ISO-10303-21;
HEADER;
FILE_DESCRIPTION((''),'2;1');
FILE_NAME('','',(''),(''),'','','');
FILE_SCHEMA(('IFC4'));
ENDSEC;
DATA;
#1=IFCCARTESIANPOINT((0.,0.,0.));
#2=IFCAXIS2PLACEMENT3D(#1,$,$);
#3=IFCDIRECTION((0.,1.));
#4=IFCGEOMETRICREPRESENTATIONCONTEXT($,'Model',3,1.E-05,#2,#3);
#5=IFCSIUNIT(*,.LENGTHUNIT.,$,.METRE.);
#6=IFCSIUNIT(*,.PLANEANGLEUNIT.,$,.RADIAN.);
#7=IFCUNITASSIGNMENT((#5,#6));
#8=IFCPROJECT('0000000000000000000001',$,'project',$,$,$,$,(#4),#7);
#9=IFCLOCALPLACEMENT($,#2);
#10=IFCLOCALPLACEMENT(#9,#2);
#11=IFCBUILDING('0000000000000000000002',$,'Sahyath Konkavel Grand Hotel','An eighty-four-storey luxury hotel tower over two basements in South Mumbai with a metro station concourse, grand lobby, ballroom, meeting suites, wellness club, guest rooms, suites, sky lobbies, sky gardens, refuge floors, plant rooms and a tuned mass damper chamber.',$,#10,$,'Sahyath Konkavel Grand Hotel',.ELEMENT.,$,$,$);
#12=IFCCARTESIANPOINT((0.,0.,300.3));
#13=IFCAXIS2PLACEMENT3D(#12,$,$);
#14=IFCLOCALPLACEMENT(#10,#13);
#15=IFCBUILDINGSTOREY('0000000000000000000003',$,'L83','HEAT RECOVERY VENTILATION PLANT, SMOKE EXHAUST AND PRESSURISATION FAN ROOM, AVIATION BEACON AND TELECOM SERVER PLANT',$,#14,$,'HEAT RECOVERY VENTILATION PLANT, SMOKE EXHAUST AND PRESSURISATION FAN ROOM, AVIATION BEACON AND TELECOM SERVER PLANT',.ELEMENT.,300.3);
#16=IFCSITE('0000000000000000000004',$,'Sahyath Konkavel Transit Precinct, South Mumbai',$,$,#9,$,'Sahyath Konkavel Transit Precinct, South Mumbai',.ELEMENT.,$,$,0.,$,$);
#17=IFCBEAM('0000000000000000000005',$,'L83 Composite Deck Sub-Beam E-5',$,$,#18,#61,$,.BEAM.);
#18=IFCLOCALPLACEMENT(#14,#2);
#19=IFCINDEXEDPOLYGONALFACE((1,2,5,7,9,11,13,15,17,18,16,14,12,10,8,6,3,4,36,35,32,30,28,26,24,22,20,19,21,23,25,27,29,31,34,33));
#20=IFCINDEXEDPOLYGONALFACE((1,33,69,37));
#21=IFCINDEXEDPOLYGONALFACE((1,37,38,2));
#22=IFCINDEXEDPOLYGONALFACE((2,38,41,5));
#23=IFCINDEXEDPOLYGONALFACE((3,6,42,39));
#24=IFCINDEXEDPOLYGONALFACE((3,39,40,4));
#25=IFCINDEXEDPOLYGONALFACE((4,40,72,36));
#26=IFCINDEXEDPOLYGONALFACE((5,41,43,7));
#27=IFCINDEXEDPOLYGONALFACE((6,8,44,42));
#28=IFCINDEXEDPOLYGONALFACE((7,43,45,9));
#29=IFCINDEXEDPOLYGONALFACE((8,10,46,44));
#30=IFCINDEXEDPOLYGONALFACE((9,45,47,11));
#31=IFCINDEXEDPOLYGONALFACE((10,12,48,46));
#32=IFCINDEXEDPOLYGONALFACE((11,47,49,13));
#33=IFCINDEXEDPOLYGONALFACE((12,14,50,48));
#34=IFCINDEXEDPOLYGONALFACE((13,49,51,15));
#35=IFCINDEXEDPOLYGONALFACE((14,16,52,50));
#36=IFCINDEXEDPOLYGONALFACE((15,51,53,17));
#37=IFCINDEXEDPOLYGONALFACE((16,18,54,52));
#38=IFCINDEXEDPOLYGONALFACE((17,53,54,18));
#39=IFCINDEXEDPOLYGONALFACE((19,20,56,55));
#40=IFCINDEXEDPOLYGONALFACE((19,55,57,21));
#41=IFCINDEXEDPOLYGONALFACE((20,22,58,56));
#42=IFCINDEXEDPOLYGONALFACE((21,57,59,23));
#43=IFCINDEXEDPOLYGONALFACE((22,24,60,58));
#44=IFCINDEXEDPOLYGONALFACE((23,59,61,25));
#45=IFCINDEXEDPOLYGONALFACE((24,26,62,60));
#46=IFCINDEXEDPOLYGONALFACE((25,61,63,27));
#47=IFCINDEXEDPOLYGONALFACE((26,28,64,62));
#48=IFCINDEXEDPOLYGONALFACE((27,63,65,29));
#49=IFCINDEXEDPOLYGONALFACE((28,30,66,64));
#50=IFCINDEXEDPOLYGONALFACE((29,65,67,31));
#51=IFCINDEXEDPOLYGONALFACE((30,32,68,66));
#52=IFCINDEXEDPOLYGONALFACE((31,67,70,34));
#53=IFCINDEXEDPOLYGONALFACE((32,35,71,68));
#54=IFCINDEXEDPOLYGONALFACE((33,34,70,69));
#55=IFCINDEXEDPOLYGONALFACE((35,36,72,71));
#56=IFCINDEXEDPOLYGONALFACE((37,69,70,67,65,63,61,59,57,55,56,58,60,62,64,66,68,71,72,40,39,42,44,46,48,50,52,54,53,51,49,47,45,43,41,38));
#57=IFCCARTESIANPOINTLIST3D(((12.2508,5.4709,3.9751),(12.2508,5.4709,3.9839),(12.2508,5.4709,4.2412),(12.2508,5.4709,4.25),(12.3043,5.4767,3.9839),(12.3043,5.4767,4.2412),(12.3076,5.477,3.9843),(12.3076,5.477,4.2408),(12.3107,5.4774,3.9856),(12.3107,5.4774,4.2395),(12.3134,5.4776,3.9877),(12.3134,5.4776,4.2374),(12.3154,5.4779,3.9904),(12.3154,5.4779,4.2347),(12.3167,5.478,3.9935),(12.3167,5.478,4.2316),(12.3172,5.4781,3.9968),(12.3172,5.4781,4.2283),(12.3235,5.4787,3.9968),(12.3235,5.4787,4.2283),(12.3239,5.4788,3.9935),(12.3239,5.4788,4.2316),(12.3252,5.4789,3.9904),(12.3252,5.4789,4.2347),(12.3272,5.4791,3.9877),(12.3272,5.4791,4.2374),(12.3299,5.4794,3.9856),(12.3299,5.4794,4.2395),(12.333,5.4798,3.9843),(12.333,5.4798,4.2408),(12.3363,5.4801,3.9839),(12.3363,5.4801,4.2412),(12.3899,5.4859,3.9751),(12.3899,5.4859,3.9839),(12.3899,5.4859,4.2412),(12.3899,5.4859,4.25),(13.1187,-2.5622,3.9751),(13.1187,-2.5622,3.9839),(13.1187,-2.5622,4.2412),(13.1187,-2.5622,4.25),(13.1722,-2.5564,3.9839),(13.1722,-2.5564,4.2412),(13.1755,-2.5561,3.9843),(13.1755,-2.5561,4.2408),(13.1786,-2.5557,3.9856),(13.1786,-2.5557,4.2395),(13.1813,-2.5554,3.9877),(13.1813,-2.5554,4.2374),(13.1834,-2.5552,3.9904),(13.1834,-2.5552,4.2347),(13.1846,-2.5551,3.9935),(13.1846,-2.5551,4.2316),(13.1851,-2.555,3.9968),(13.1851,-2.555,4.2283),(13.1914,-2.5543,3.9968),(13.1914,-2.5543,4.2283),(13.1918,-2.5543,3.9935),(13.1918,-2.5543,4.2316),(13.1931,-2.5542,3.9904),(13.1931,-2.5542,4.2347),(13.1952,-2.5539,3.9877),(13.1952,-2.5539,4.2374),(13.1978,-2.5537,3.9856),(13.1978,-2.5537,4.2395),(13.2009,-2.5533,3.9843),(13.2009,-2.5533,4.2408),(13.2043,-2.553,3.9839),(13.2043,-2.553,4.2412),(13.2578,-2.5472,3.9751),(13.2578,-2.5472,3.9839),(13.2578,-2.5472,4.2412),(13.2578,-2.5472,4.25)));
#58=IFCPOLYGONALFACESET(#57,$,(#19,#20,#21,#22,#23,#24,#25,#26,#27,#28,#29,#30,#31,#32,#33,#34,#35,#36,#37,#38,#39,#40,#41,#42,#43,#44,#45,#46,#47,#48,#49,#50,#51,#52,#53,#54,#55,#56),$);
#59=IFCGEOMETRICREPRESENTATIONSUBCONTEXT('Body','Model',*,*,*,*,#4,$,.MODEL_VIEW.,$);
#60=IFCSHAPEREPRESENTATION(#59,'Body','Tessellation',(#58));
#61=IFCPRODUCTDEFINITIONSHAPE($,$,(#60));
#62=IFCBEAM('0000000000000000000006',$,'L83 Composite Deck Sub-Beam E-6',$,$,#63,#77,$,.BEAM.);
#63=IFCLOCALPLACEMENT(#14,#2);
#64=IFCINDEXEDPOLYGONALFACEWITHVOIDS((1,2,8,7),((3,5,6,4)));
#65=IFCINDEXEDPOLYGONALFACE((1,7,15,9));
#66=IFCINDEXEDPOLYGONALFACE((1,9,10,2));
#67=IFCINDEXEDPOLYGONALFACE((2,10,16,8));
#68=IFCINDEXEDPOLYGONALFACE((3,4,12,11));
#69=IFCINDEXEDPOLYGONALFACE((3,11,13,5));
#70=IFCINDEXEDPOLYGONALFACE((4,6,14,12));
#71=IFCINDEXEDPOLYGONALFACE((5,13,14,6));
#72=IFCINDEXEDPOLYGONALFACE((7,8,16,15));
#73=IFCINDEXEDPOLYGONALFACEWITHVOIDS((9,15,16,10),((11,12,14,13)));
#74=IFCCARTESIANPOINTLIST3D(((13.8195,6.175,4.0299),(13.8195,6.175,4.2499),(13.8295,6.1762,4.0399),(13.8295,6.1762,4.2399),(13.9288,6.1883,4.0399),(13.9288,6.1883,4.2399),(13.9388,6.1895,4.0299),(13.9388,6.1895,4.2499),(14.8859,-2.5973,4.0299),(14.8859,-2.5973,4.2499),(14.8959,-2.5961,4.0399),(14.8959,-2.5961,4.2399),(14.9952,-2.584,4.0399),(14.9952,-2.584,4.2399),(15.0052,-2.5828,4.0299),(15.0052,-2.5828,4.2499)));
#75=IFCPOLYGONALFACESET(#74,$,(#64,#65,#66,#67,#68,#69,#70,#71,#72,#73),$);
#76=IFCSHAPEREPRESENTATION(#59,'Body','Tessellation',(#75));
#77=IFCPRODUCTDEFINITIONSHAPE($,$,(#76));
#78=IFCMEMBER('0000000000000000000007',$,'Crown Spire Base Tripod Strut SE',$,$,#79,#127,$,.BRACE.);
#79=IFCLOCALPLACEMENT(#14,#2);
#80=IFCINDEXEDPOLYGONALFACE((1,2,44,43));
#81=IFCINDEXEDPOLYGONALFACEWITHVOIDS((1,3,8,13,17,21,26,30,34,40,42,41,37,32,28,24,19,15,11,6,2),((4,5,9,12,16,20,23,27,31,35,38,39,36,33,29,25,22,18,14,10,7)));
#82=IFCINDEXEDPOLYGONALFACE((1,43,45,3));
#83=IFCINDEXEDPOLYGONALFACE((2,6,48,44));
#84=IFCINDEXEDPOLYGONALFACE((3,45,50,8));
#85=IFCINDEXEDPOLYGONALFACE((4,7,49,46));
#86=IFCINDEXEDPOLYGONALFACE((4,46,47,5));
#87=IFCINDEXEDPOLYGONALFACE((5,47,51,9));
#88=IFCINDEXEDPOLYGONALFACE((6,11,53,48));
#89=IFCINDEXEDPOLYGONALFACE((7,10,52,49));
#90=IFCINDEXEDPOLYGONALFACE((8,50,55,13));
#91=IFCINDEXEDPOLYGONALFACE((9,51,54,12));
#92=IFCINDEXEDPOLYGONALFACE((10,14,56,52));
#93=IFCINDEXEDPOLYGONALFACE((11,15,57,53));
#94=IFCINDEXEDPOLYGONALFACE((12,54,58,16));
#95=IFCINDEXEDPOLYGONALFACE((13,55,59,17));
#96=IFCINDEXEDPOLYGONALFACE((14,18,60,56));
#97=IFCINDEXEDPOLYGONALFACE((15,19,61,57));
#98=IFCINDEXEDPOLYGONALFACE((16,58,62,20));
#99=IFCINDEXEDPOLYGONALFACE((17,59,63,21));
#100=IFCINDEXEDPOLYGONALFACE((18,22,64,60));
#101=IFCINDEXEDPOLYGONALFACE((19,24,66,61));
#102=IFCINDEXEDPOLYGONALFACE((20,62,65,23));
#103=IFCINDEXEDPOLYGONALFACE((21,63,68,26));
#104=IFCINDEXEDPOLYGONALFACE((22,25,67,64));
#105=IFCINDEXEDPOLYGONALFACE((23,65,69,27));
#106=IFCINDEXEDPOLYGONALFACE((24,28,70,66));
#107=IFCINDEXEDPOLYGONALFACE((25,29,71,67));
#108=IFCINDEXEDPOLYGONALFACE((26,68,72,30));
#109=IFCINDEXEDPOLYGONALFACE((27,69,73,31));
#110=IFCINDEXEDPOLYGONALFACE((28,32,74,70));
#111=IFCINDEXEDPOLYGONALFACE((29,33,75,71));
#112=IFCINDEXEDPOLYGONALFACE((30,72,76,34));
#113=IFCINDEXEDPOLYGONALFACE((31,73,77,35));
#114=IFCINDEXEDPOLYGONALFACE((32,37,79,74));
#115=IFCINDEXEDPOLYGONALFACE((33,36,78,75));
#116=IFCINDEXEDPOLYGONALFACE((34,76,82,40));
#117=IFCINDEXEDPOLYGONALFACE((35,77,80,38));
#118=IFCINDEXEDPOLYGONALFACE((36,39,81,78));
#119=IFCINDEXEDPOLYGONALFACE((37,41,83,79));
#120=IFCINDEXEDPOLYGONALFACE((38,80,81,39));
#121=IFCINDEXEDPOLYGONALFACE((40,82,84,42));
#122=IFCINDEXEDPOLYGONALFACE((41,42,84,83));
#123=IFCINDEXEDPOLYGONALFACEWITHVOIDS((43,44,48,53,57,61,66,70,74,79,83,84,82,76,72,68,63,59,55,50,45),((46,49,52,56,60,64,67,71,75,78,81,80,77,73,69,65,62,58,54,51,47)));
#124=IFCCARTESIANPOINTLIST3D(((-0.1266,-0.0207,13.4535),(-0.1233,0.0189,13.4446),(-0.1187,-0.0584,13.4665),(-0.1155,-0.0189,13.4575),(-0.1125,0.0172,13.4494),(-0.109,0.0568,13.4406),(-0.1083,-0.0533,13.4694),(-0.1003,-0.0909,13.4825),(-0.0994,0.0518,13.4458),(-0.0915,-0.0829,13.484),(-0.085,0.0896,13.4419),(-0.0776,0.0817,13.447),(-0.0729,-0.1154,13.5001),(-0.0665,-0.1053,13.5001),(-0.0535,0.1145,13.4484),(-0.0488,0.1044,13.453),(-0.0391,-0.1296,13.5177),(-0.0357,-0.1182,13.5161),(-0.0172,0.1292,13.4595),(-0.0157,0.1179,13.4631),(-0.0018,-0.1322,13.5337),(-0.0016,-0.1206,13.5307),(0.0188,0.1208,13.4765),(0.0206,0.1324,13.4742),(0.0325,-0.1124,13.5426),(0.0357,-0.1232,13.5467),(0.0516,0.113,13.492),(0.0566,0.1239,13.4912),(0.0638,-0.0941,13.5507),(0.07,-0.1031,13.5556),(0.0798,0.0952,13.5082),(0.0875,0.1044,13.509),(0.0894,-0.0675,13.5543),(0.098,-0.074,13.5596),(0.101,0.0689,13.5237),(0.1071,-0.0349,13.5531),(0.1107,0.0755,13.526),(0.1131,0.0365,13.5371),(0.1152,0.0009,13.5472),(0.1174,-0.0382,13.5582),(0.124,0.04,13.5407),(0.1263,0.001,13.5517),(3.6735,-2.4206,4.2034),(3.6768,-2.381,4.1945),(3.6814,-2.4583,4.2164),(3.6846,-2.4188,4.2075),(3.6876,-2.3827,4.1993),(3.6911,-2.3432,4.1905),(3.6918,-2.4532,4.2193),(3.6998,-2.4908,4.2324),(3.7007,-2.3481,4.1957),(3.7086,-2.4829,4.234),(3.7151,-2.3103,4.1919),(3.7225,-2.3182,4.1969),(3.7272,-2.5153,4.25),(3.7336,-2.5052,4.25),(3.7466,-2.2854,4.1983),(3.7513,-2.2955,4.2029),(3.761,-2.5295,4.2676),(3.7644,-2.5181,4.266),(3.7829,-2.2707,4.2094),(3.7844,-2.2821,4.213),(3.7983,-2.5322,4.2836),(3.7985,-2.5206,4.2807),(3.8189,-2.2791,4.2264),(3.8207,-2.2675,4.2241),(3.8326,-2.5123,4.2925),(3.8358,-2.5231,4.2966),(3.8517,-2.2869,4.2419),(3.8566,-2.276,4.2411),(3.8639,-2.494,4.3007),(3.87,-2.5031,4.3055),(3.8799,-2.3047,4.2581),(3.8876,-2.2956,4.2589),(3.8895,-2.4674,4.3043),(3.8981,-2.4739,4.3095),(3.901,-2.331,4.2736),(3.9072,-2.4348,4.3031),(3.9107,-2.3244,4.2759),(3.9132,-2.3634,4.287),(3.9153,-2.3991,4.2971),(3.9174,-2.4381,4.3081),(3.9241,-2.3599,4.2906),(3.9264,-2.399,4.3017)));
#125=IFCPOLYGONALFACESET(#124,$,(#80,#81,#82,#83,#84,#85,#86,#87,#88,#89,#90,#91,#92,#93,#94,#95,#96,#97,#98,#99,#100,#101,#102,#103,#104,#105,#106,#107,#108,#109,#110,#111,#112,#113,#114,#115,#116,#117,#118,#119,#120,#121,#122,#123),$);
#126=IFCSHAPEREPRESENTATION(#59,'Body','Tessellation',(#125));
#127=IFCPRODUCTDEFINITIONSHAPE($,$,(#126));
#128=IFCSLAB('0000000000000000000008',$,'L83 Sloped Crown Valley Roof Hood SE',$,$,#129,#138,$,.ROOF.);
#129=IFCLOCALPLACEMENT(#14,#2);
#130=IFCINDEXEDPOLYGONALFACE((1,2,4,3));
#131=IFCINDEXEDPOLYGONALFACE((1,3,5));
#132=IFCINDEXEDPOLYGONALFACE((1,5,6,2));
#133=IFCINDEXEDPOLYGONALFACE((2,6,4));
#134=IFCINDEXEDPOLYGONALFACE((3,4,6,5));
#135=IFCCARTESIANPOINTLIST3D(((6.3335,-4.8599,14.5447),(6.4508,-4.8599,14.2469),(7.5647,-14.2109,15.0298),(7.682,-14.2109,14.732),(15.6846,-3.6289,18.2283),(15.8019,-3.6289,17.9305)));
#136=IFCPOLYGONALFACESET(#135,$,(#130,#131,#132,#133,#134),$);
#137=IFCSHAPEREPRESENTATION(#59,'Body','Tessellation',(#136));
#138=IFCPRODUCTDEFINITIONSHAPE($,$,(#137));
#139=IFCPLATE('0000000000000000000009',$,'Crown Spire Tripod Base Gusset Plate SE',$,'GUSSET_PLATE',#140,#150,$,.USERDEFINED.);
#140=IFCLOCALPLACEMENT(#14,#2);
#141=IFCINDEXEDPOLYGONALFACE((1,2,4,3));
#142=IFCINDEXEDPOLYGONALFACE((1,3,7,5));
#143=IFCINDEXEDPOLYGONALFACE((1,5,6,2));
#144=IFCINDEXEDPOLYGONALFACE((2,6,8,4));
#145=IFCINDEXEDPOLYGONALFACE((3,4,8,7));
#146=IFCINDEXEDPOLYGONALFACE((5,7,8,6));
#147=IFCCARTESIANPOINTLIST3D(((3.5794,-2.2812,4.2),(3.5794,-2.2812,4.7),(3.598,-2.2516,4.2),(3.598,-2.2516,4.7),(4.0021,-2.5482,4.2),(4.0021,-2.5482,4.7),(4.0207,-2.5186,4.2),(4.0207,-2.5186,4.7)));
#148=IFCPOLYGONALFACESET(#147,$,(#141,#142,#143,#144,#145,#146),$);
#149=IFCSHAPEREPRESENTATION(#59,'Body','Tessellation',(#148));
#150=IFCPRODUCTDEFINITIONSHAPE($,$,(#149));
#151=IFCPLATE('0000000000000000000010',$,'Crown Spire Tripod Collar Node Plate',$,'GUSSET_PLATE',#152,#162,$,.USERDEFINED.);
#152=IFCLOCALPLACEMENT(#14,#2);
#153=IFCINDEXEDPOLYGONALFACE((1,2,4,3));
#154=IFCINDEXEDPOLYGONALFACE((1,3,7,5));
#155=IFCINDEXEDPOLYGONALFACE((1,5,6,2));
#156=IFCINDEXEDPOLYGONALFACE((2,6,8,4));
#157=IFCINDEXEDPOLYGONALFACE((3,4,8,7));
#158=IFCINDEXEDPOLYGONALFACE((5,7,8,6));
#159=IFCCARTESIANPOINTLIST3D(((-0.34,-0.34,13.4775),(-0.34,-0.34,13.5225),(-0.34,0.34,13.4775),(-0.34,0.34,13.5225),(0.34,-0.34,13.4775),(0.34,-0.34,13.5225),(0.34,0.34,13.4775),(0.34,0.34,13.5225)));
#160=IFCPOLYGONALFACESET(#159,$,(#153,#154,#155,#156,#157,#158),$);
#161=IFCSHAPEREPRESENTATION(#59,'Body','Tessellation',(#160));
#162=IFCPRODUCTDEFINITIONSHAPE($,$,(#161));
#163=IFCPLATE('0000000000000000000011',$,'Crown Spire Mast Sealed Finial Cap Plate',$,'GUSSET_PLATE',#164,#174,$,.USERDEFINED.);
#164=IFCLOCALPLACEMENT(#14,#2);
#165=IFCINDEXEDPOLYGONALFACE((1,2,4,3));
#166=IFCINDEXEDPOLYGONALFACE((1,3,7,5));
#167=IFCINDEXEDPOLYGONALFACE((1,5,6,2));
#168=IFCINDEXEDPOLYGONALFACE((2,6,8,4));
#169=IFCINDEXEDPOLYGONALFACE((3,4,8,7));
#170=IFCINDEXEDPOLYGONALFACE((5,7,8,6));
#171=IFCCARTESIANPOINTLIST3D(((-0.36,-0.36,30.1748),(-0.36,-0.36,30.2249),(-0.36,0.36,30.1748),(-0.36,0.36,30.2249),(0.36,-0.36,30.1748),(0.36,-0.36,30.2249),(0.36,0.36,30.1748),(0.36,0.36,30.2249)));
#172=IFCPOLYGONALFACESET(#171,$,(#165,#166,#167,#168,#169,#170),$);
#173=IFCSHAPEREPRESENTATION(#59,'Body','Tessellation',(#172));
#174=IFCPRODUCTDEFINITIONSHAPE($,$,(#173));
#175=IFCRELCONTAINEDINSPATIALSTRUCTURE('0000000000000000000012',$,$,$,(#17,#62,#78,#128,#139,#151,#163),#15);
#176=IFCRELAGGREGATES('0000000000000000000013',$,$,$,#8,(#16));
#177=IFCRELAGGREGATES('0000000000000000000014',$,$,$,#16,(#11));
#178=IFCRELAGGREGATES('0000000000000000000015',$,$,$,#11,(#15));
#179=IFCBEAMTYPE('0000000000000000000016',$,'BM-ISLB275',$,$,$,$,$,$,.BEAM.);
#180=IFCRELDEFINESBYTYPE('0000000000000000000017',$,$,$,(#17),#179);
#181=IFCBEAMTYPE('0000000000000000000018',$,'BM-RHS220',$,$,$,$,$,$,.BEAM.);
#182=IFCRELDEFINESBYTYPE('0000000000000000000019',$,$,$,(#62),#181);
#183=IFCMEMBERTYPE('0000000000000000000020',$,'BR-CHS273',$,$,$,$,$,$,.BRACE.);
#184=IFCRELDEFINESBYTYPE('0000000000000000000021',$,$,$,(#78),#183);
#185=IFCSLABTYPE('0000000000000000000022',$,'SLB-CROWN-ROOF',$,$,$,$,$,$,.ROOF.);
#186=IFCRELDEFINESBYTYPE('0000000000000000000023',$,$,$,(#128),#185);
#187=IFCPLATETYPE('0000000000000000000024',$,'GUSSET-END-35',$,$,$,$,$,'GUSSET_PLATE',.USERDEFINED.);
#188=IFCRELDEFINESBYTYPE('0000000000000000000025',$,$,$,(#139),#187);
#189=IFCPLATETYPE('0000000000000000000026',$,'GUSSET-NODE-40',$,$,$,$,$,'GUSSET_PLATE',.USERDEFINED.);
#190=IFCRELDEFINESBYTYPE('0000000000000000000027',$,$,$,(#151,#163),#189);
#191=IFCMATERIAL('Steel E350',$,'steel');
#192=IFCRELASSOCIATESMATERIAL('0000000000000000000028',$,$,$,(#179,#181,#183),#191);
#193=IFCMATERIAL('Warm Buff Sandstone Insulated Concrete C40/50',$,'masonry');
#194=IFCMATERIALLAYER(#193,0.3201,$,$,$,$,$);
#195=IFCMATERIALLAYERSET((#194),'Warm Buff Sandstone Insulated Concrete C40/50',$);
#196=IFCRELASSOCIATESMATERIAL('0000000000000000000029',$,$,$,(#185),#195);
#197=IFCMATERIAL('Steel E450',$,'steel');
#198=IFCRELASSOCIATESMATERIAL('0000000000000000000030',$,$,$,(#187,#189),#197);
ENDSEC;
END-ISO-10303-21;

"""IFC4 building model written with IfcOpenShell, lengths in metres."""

from ifc_helpers import new_model, si_unit, direction, frame, origin, origin_2d, place, context, subcontext, project, spatial, polyline, rectangle, hollow_rectangle, hollow_circle, i_section, outline, extrude, source, transform, mapped, material, layer, layer_set, material_profile, profile_set, type_object, element, save


model = new_model("IFC4")

# Units and contexts
model_context = context("Model", 3, precision=1e-05, world=origin(), true_north=direction((0.0, 1.0)))
body_context = subcontext(model_context, "Body", "Model", "MODEL_VIEW")
ifc_project = project(units=[si_unit("LENGTHUNIT", "METRE"), si_unit("PLANEANGLEUNIT", "RADIAN")], contexts=[model_context])

# Site, building, storey
site_placement = place(None, origin())
site = spatial("IfcSite", under=ifc_project, at=site_placement, Name="Sahyath Konkavel Transit Precinct, South Mumbai", LongName="Sahyath Konkavel Transit Precinct, South Mumbai", CompositionType="ELEMENT", RefElevation=0.0)
building_placement = place(site_placement, origin())
building = spatial("IfcBuilding", under=site, at=building_placement, Name="Sahyath Konkavel Grand Hotel", Description="An eighty-four-storey luxury hotel tower over two basements in South Mumbai with a metro station concourse, grand lobby, ballroom, meeting suites, wellness club, guest rooms, suites, sky lobbies, sky gardens, refuge floors, plant rooms and a tuned mass damper chamber.", LongName="Sahyath Konkavel Grand Hotel", CompositionType="ELEMENT")
storey_placement = place(building_placement, frame((0.0, 0.0, 300.3)))
storey = spatial("IfcBuildingStorey", under=building, at=storey_placement, Name="L83", Description="HEAT RECOVERY VENTILATION PLANT, SMOKE EXHAUST AND PRESSURISATION FAN ROOM, AVIATION BEACON AND TELECOM SERVER PLANT", LongName="HEAT RECOVERY VENTILATION PLANT, SMOKE EXHAUST AND PRESSURISATION FAN ROOM, AVIATION BEACON AND TELECOM SERVER PLANT", CompositionType="ELEMENT", Elevation=300.3)

# Shared definitions
ifc_material_1 = material(Name="Steel E350", Category="steel")

# Beams
ifc_material_profile_1 = material_profile(ifc_material_1, i_section(OverallWidth=0.1399, OverallDepth=0.2749, WebThickness=0.0063, FlangeThickness=0.0088, FilletRadius=0.0129, at=origin_2d()), Name="ISLB 275")
ifc_profile_set_1 = profile_set([ifc_material_profile_1], Name="Steel E350")
beam_type_1 = type_object("IfcBeamType", Name="BM-ISLB275", PredefinedType="BEAM", material=ifc_profile_set_1)
shared_shape_1 = source(origin(), body_context, "Body", "SweptSolid", [
    extrude(i_section(OverallWidth=0.1399, OverallDepth=0.2749, WebThickness=0.0063, FlangeThickness=0.0088, FilletRadius=0.0129, at=origin_2d()), origin(), (0.0, 0.0, 1.0), 8.0798),
])
beam_1_placement = place(storey_placement, frame((13.1882, -2.5547, 4.1125), z_axis=(-0.107416, 0.994214, 0.0), x_axis=(-0.994214, -0.107416, 0.0)))
element("IfcBeam", 1, at=beam_1_placement, inside=storey, type_object=beam_type_1, Name="L83 Composite Deck Sub-Beam E-5", PredefinedType="BEAM", context=body_context, shape_type="MappedRepresentation", body=[
    mapped(shared_shape_1, transform((0.0, 0.0, 0.0), scale=1.0)),
])
ifc_material_profile_2 = material_profile(ifc_material_1, hollow_rectangle(XDim=0.1201, YDim=0.22, WallThickness=0.01, at=origin_2d()), Name="RHS 220x120x10")
ifc_profile_set_2 = profile_set([ifc_material_profile_2], Name="Steel E350")
beam_type_2 = type_object("IfcBeamType", Name="BM-RHS220", PredefinedType="BEAM", material=ifc_profile_set_2)
shared_shape_2 = source(origin(), body_context, "Body", "SweptSolid", [
    extrude(hollow_rectangle(XDim=0.1201, YDim=0.22, WallThickness=0.01, at=origin_2d()), origin(), (0.0, 0.0, 1.0), 8.8369),
])
beam_2_placement = place(storey_placement, frame((14.9456, -2.5901, 4.1399), z_axis=(-0.120678, 0.992692, 0.0), x_axis=(-0.992692, -0.120678, 0.0)))
element("IfcBeam", 2, at=beam_2_placement, inside=storey, type_object=beam_type_2, Name="L83 Composite Deck Sub-Beam E-6", PredefinedType="BEAM", context=body_context, shape_type="MappedRepresentation", body=[
    mapped(shared_shape_2, transform((0.0, 0.0, 0.0), scale=1.0)),
])

# Member
ifc_material_profile_3 = material_profile(ifc_material_1, hollow_circle(Radius=0.1365, WallThickness=0.012, at=origin_2d()), Name="CHS 273.0x12")
ifc_profile_set_3 = profile_set([ifc_material_profile_3], Name="Steel E350")
member_type = type_object("IfcMemberType", Name="BR-CHS273", PredefinedType="BRACE", material=ifc_profile_set_3)
shared_shape_3 = source(origin(), body_context, "Body", "SweptSolid", [
    extrude(hollow_circle(Radius=0.1365, WallThickness=0.012, at=origin_2d()), origin(), (0.0, 0.0, 1.0), 10.2842),
])
member_placement = place(storey_placement, frame((3.8, -2.3999, 4.25), z_axis=(-0.369508, 0.233361, 0.899448), x_axis=(-0.533973, -0.845502, 0.0)))
element("IfcMember", 3, at=member_placement, inside=storey, type_object=member_type, Name="Crown Spire Base Tripod Strut SE", PredefinedType="BRACE", context=body_context, shape_type="MappedRepresentation", body=[
    mapped(shared_shape_3, transform((0.0, 0.0, 0.0), scale=1.0)),
])

# Slab
ifc_material_2 = material(Name="Warm Buff Sandstone Insulated Concrete C40/50", Category="masonry")
ifc_layer = layer(ifc_material_2, 0.3201)
ifc_layer_set = layer_set([ifc_layer], Name="Warm Buff Sandstone Insulated Concrete C40/50")
slab_type = type_object("IfcSlabType", Name="SLB-CROWN-ROOF", PredefinedType="ROOF", material=ifc_layer_set)
slab_1_placement = place(storey_placement, frame((7.5647, -14.2109, 15.0298), z_axis=(-0.366512, 0.000011, 0.930413), x_axis=(-0.130365, 0.990135, -0.051365)))
element("IfcSlab", 4, at=slab_1_placement, inside=storey, type_object=slab_type, Name="L83 Sloped Crown Valley Roof Hood SE", PredefinedType="ROOF", context=body_context, shape_type="SweptSolid", body=[
    extrude(outline(polyline([(0.0, 0.0), (9.4442, 0.0), (9.2548, -10.1238), (0.0, 0.0)])), origin(), (0.0, 0.0, -1.0), 0.3201),
])

# Plates
ifc_material_3 = material(Name="Steel E450", Category="steel")
plate_type_1 = type_object("IfcPlateType", Name="GUSSET-END-35", ElementType="GUSSET_PLATE", PredefinedType="USERDEFINED", material=ifc_material_3)
shared_shape_4 = source(origin(), body_context, "Body", "SweptSolid", [
    extrude(rectangle(XDim=0.5, YDim=0.0349, at=origin_2d()), origin(), (0.0, 0.0, 1.0), 0.5),
])
plate_1_placement = place(storey_placement, frame((3.8, -2.3999, 4.2), z_axis=(0.0, 0.0, 1.0), x_axis=(-0.845486, 0.533998, 0.0)))
element("IfcPlate", 5, at=plate_1_placement, inside=storey, type_object=plate_type_1, Name="Crown Spire Tripod Base Gusset Plate SE", ObjectType="GUSSET_PLATE", PredefinedType="USERDEFINED", context=body_context, shape_type="MappedRepresentation", body=[
    mapped(shared_shape_4, transform((0.0, 0.0, 0.0), scale=1.0)),
])
plate_type_2 = type_object("IfcPlateType", Name="GUSSET-NODE-40", ElementType="GUSSET_PLATE", PredefinedType="USERDEFINED", material=ifc_material_3)
shared_shape_5 = source(origin(), body_context, "Body", "SweptSolid", [
    extrude(rectangle(XDim=0.6799, YDim=0.6799, at=origin_2d()), origin(), (0.0, 0.0, 1.0), 0.0449),
])
plate_2_placement = place(storey_placement, frame((0.0, 0.0, 13.4775), z_axis=(0.0, 0.0, 1.0), x_axis=(1.0, 0.0, 0.0)))
element("IfcPlate", 6, at=plate_2_placement, inside=storey, type_object=plate_type_2, Name="Crown Spire Tripod Collar Node Plate", ObjectType="GUSSET_PLATE", PredefinedType="USERDEFINED", context=body_context, shape_type="MappedRepresentation", body=[
    mapped(shared_shape_5, transform((0.0, 0.0, 0.0), scale=1.0)),
])
shared_shape_6 = source(origin(), body_context, "Body", "SweptSolid", [
    extrude(rectangle(XDim=0.72, YDim=0.72, at=origin_2d()), origin(), (0.0, 0.0, 1.0), 0.05),
])
plate_3_placement = place(storey_placement, frame((0.0, 0.0, 30.1748), z_axis=(0.0, 0.0, 1.0), x_axis=(1.0, 0.0, 0.0)))
element("IfcPlate", 7, at=plate_3_placement, inside=storey, type_object=plate_type_2, Name="Crown Spire Mast Sealed Finial Cap Plate", ObjectType="GUSSET_PLATE", PredefinedType="USERDEFINED", context=body_context, shape_type="MappedRepresentation", body=[
    mapped(shared_shape_6, transform((0.0, 0.0, 0.0), scale=1.0)),
])

save(model, "model.ifc")
